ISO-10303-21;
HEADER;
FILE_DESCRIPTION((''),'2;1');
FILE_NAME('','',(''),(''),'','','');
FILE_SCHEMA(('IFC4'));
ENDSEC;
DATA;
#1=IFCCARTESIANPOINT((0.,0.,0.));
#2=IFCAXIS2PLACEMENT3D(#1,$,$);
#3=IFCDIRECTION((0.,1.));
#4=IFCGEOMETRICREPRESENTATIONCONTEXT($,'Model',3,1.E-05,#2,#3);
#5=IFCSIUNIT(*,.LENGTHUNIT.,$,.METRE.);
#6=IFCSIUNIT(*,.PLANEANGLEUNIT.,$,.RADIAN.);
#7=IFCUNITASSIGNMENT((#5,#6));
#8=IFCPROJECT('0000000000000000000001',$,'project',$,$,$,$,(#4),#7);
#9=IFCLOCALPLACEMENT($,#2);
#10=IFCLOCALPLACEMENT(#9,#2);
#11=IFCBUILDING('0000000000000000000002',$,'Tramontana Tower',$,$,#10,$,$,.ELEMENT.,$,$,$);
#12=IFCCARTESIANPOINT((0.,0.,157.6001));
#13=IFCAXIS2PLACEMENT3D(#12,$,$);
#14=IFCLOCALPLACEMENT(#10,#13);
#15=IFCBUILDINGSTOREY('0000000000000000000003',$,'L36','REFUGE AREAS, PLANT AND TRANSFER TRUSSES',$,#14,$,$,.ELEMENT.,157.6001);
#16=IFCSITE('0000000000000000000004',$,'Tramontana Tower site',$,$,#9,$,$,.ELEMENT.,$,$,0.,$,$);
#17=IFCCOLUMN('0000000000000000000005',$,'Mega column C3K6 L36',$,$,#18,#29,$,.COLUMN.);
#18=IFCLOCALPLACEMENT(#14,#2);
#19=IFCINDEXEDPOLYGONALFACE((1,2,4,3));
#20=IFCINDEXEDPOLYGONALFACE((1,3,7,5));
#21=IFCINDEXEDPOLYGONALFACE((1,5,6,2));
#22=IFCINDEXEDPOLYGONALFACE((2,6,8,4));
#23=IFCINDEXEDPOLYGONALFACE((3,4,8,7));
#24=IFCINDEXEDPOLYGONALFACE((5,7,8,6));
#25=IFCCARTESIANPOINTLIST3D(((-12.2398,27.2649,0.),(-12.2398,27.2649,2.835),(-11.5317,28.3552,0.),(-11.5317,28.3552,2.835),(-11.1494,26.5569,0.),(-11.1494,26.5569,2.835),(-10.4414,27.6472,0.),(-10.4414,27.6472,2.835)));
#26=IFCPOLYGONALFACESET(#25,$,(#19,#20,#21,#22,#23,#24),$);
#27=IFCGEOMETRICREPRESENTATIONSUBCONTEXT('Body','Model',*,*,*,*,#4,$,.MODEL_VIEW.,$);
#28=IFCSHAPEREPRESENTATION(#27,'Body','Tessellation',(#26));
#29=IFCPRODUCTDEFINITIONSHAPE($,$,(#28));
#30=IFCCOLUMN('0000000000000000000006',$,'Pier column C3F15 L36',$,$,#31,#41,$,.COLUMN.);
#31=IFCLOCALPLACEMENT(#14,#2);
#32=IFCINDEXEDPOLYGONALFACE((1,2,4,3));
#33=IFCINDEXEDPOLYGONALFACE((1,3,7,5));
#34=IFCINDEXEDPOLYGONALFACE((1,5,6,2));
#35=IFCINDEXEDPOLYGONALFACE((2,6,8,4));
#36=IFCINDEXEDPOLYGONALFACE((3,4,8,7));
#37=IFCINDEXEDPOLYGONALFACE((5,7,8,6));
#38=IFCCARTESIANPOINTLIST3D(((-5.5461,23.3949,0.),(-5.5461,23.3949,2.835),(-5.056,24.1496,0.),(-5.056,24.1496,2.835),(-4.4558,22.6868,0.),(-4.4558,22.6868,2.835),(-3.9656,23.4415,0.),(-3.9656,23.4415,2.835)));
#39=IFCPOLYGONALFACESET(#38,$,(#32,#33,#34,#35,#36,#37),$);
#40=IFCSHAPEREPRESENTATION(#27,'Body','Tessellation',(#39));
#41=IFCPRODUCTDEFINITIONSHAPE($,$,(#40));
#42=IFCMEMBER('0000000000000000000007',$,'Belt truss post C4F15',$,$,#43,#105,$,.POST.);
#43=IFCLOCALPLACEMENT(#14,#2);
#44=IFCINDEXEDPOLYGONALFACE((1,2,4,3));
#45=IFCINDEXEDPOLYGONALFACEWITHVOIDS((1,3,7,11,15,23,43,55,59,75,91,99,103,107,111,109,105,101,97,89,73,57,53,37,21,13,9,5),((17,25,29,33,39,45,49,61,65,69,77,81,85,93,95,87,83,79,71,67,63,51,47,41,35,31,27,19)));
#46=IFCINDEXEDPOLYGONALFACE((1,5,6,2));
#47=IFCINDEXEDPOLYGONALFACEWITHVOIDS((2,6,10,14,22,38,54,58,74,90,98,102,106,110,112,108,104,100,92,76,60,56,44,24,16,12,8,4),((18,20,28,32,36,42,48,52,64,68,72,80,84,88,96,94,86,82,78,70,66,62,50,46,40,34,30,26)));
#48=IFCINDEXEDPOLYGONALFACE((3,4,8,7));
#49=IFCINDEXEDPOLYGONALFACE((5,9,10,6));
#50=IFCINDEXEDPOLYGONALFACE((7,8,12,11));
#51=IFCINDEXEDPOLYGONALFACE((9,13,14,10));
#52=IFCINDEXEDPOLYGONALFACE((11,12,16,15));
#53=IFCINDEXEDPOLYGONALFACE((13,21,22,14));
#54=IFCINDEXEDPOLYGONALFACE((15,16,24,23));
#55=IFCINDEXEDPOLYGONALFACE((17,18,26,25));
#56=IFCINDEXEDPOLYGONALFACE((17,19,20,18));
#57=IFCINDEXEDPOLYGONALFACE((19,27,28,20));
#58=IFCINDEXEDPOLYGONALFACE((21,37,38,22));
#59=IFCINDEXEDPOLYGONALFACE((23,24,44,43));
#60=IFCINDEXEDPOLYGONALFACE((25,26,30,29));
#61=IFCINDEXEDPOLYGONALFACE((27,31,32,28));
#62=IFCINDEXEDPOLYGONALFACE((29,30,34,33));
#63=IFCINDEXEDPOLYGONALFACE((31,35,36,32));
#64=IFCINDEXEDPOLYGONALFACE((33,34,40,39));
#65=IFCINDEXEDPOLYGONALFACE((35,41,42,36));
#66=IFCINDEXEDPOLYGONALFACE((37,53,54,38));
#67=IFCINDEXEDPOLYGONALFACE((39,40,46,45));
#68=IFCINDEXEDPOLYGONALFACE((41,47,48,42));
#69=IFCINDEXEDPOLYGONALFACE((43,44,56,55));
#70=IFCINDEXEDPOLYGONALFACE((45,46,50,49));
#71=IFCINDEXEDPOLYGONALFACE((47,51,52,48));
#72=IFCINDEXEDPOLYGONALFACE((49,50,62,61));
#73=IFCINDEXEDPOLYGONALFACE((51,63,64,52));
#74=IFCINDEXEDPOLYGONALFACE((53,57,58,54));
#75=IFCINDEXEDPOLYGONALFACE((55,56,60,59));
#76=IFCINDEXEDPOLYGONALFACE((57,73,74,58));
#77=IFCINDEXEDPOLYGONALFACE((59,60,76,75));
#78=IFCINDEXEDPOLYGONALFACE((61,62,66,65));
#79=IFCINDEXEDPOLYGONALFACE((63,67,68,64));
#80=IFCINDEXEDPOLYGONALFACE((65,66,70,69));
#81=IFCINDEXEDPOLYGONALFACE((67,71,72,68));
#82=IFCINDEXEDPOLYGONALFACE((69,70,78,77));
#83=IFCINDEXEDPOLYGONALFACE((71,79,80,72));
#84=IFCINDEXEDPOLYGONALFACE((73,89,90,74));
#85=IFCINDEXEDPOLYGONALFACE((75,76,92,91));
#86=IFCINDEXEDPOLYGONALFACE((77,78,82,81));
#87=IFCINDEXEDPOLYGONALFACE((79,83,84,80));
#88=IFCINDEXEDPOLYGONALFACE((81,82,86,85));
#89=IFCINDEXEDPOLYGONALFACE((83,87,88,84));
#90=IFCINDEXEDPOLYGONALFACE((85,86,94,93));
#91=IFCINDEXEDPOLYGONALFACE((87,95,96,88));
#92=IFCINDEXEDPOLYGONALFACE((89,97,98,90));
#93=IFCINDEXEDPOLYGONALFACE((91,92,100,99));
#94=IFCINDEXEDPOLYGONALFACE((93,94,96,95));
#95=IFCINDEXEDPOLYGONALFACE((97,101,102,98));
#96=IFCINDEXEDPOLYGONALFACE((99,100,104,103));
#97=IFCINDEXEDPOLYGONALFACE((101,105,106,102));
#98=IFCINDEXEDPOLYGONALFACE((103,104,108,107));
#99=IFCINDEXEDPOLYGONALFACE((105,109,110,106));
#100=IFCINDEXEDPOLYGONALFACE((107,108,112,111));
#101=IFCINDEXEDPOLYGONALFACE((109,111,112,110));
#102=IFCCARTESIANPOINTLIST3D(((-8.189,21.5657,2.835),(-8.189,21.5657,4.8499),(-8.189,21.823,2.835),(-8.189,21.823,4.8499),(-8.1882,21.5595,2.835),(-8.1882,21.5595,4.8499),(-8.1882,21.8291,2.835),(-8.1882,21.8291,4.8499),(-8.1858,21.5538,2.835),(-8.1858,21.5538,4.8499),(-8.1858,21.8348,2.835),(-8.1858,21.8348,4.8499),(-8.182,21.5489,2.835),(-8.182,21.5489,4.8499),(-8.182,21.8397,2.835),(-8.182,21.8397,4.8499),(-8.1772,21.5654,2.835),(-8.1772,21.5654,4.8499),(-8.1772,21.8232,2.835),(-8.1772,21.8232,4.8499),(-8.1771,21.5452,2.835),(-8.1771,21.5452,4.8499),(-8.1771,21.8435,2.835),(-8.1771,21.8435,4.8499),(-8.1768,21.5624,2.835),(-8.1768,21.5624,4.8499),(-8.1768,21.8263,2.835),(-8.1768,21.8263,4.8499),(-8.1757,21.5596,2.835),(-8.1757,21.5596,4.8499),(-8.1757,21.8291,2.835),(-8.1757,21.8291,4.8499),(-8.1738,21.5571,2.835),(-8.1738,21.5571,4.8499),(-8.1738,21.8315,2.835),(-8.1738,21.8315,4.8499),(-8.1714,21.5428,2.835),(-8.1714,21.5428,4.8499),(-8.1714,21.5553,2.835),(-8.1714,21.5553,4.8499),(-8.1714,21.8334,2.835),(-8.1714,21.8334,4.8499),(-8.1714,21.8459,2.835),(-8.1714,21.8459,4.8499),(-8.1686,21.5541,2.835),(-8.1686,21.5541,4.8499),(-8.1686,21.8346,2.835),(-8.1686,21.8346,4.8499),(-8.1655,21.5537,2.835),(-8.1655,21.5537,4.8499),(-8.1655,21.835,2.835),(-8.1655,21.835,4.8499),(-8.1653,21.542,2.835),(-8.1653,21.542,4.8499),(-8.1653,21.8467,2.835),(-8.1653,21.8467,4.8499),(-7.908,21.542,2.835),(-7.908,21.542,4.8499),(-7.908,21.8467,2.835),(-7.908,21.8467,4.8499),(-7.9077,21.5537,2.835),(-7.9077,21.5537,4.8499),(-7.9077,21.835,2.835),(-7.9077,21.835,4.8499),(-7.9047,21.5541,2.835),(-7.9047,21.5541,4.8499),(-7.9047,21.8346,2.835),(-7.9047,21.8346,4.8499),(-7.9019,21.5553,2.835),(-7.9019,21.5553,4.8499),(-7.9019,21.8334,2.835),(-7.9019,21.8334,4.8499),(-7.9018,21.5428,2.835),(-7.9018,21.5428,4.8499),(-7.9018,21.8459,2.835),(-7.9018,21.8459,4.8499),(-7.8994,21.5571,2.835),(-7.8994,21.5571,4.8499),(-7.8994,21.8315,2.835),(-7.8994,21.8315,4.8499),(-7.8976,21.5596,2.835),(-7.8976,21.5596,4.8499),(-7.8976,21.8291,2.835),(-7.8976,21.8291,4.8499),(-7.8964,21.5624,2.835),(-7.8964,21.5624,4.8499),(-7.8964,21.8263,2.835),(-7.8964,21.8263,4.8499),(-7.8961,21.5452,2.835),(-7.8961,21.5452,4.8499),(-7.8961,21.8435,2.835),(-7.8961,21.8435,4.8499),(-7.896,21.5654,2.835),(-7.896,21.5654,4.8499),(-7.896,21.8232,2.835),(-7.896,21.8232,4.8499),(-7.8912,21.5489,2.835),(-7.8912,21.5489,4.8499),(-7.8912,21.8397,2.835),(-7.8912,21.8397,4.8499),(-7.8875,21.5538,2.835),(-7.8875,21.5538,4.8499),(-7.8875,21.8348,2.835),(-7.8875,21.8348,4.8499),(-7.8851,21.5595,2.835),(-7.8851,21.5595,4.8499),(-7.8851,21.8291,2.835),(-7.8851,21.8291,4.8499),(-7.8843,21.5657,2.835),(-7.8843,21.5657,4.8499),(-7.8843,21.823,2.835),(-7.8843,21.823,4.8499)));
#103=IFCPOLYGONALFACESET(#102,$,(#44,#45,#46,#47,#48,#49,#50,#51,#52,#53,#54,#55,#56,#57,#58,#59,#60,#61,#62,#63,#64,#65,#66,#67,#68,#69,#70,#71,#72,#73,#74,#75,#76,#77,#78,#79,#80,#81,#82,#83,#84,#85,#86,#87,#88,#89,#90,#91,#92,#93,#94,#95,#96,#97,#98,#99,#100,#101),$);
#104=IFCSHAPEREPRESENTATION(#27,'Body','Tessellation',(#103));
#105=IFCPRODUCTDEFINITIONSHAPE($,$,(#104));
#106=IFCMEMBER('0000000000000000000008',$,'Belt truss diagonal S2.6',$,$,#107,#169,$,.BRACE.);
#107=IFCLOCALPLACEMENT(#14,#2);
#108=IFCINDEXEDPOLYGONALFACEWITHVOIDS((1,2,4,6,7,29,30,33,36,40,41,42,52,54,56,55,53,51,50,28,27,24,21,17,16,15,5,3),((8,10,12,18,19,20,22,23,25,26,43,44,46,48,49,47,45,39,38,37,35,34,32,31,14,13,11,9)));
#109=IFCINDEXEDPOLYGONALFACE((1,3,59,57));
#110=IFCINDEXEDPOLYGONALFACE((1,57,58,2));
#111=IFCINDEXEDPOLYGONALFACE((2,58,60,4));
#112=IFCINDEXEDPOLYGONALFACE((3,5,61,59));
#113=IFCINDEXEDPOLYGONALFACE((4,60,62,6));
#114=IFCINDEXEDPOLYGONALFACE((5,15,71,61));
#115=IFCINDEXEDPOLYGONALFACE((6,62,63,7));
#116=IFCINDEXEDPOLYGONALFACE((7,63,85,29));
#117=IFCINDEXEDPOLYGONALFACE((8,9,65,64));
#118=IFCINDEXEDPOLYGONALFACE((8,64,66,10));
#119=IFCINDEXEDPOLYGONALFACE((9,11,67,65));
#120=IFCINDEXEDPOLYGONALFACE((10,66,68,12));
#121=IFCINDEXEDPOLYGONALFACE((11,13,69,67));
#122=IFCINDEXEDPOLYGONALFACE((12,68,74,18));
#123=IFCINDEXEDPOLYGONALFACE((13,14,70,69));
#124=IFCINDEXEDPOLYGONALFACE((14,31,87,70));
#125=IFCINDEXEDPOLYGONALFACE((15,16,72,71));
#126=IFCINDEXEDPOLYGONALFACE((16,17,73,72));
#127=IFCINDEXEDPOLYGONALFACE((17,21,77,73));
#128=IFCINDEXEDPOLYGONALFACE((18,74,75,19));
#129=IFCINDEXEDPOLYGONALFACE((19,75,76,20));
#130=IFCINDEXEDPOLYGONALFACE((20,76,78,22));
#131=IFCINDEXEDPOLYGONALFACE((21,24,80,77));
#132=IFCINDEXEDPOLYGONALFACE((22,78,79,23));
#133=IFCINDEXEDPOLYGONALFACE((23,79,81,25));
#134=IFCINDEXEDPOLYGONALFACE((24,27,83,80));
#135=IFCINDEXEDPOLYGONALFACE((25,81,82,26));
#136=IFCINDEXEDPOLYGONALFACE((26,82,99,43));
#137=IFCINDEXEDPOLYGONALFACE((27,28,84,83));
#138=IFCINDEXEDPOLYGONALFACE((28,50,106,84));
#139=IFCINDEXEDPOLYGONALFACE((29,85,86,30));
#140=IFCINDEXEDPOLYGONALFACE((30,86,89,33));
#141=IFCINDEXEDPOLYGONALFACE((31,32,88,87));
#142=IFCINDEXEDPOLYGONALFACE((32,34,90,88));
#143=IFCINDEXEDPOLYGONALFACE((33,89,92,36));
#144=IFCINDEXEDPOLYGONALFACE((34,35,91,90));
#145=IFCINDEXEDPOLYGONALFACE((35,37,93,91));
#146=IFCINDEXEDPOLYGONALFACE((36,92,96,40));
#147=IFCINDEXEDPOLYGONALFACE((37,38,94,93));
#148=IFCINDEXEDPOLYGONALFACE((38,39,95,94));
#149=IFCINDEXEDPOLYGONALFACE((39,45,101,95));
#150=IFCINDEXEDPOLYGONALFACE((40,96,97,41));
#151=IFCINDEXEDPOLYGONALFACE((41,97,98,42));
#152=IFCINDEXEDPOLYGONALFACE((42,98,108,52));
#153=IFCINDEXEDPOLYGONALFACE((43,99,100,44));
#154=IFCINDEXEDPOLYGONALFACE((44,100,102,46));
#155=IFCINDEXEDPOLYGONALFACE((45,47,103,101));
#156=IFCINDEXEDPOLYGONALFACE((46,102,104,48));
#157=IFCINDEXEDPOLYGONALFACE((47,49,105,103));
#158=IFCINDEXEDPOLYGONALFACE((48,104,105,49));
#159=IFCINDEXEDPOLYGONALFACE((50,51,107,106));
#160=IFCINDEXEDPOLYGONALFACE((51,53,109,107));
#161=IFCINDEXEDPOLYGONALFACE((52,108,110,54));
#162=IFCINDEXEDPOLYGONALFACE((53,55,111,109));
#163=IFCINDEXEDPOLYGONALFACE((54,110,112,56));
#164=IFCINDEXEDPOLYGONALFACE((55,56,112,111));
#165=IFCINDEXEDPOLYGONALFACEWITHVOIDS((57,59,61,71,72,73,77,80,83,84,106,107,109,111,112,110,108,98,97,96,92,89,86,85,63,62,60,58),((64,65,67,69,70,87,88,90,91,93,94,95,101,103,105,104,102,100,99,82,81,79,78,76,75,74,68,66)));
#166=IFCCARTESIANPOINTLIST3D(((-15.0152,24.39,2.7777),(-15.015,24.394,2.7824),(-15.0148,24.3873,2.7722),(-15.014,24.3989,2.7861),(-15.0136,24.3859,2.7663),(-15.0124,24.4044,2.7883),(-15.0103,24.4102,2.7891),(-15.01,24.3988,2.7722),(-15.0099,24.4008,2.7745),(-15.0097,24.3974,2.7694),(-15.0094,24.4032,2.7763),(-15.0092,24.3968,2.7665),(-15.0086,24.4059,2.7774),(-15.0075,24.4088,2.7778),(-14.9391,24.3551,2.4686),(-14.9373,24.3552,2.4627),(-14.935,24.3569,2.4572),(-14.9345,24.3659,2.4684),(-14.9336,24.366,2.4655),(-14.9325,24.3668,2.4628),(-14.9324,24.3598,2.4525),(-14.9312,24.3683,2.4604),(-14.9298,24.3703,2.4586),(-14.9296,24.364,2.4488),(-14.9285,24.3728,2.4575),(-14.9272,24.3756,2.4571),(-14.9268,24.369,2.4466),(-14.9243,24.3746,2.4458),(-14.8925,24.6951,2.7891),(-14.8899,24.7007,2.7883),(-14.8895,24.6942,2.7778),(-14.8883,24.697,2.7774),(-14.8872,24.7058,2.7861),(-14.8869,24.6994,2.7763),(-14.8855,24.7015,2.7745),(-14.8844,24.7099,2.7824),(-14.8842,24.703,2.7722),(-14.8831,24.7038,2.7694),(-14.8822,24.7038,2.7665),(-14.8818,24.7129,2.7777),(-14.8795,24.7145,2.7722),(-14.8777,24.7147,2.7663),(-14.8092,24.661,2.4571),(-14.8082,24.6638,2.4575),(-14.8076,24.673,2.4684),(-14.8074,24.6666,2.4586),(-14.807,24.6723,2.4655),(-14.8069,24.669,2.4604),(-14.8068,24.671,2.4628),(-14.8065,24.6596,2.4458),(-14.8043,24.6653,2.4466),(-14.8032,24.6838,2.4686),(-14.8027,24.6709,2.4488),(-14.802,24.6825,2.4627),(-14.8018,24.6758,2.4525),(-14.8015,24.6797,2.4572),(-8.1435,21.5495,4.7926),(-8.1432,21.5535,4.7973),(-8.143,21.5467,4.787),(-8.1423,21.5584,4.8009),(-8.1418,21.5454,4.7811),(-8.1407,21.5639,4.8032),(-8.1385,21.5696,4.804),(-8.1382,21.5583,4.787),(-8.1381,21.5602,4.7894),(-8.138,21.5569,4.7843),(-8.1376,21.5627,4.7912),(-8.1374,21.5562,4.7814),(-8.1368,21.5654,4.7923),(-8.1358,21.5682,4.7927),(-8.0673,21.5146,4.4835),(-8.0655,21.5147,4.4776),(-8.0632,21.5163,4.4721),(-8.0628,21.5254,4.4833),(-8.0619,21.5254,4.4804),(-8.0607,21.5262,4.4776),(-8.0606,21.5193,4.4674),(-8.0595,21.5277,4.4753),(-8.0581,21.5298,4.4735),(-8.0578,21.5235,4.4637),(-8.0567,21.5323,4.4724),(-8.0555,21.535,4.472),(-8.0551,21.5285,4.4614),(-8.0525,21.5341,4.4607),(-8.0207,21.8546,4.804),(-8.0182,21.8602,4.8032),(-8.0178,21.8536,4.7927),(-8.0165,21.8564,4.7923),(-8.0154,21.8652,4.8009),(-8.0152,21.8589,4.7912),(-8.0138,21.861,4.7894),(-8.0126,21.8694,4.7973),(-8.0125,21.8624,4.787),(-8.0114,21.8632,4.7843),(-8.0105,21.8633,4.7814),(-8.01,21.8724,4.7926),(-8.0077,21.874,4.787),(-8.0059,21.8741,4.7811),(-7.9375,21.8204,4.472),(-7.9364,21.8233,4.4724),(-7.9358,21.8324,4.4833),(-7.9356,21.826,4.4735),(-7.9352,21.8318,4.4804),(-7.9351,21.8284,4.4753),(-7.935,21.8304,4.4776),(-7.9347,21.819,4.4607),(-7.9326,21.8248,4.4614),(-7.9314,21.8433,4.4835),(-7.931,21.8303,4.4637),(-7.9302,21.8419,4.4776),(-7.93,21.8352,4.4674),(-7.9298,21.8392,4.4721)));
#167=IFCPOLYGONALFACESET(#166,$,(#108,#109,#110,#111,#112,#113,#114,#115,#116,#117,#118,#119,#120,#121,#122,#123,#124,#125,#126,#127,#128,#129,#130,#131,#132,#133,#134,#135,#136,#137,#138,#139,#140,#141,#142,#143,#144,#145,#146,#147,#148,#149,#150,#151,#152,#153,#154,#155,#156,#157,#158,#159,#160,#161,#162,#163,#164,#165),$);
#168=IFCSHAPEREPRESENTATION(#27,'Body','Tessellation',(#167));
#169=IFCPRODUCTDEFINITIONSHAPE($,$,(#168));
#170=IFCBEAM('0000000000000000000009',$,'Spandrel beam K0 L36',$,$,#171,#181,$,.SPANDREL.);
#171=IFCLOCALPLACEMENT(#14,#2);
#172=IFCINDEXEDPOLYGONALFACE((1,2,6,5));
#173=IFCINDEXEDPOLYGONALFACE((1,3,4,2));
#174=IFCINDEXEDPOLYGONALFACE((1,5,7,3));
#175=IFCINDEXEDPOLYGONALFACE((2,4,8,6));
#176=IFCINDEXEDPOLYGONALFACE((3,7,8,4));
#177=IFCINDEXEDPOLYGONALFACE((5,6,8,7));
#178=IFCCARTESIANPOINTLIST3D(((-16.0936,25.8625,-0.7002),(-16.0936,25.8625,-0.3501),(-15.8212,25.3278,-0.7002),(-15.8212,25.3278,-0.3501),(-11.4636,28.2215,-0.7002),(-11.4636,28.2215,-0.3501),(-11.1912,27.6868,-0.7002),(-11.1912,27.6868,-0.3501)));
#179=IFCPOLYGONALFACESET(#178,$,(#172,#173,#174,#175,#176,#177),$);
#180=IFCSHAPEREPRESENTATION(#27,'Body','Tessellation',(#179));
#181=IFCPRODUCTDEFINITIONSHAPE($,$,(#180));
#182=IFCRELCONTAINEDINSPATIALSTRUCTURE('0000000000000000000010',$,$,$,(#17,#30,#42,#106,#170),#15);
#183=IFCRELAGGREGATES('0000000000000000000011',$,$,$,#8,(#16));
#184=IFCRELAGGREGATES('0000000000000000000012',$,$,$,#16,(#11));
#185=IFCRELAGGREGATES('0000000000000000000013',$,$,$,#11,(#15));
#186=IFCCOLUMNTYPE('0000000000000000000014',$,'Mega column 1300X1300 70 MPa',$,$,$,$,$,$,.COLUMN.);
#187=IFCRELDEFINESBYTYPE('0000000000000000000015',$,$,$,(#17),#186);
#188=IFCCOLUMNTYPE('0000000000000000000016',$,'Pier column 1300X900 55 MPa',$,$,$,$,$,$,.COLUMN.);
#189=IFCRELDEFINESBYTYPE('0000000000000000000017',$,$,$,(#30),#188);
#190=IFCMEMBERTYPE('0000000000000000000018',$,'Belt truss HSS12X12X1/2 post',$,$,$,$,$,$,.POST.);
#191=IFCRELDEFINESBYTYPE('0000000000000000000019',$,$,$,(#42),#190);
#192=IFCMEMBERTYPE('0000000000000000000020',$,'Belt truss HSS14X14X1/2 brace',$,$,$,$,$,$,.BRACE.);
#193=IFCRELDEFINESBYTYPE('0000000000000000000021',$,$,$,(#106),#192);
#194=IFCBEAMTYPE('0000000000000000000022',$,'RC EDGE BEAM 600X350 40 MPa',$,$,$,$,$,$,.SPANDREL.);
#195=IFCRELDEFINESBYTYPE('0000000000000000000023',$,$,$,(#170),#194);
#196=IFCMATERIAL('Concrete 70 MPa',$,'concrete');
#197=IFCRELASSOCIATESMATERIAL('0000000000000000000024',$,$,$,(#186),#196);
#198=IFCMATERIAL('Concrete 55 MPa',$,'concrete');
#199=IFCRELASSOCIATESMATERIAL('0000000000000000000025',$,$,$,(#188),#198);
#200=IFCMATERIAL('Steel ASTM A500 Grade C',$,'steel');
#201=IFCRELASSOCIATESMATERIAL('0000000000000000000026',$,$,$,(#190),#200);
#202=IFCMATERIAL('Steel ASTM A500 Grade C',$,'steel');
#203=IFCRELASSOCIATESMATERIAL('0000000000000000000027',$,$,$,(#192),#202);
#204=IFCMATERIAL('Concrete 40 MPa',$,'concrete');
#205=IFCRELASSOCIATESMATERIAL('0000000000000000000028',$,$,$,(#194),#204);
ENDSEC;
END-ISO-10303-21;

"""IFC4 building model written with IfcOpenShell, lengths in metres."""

from ifc_helpers import new_model, si_unit, direction, frame, origin, origin_2d, place, context, subcontext, project, spatial, rectangle, hollow_rectangle, extrude, material, material_profile, profile_set, type_object, element, save


model = new_model("IFC4")

# Units and contexts
model_context = context("Model", 3, precision=1e-05, world=origin(), true_north=direction((0.0, 1.0)))
body_context = subcontext(model_context, "Body", "Model", "MODEL_VIEW")
ifc_project = project(units=[si_unit("LENGTHUNIT", "METRE"), si_unit("PLANEANGLEUNIT", "RADIAN")], contexts=[model_context])

# Site, building, storey
site_placement = place(None, origin())
site = spatial("IfcSite", under=ifc_project, at=site_placement, Name="Tramontana Tower site", CompositionType="ELEMENT", RefElevation=0.0)
building_placement = place(site_placement, origin())
building = spatial("IfcBuilding", under=site, at=building_placement, Name="Tramontana Tower", CompositionType="ELEMENT")
storey_placement = place(building_placement, frame((0.0, 0.0, 157.6001)))
storey = spatial("IfcBuildingStorey", under=building, at=storey_placement, Name="L36", Description="REFUGE AREAS, PLANT AND TRANSFER TRUSSES", CompositionType="ELEMENT", Elevation=157.6001)

# Columns
ifc_material_1 = material(Name="Concrete 70 MPa", Category="concrete")
ifc_material_profile_1 = material_profile(ifc_material_1, rectangle(XDim=1.3, YDim=1.3, at=origin_2d()), Name="Mega column 1300X1300 70 MPa")
ifc_profile_set_1 = profile_set([ifc_material_profile_1], Name="Concrete 70 MPa")
column_type_1 = type_object("IfcColumnType", Name="Mega column 1300X1300 70 MPa", PredefinedType="COLUMN", material=ifc_profile_set_1)
column_1_placement = place(storey_placement, frame((-11.3406, 27.4561, 0.0), z_axis=(0.0, 0.0, 1.0), x_axis=(-0.838671, 0.544639, 0.0)))
element("IfcColumn", 1, at=column_1_placement, inside=storey, type_object=column_type_1, Name="Mega column C3K6 L36", PredefinedType="COLUMN", context=body_context, shape_type="SweptSolid", body=[
    extrude(rectangle(XDim=1.3, YDim=1.3, at=origin_2d()), origin(), (0.0, 0.0, 1.0), 2.835),
])
ifc_material_2 = material(Name="Concrete 55 MPa", Category="concrete")
ifc_material_profile_2 = material_profile(ifc_material_2, rectangle(XDim=1.3, YDim=0.8999, at=origin_2d()), Name="Pier column 1300X900 55 MPa")
ifc_profile_set_2 = profile_set([ifc_material_profile_2], Name="Concrete 55 MPa")
column_type_2 = type_object("IfcColumnType", Name="Pier column 1300X900 55 MPa", PredefinedType="COLUMN", material=ifc_profile_set_2)
column_2_placement = place(storey_placement, frame((-4.7559, 23.4182, 0.0), z_axis=(0.0, 0.0, 1.0), x_axis=(-0.838671, 0.544639, 0.0)))
element("IfcColumn", 2, at=column_2_placement, inside=storey, type_object=column_type_2, Name="Pier column C3F15 L36", PredefinedType="COLUMN", context=body_context, shape_type="SweptSolid", body=[
    extrude(rectangle(XDim=1.3, YDim=0.8999, at=origin_2d()), origin(), (0.0, 0.0, 1.0), 2.835),
])

# Members
ifc_material_3 = material(Name="Steel ASTM A500 Grade C", Category="steel")
ifc_material_profile_3 = material_profile(ifc_material_3, hollow_rectangle(XDim=0.3047, YDim=0.3047, WallThickness=0.0117, InnerFilletRadius=0.0117, OuterFilletRadius=0.0237, at=origin_2d()), Name="HSS12X12X1/2")
ifc_profile_set_3 = profile_set([ifc_material_profile_3], Name="Steel ASTM A500 Grade C")
member_type_1 = type_object("IfcMemberType", Name="Belt truss HSS12X12X1/2 post", PredefinedType="POST", material=ifc_profile_set_3)
member_1_placement = place(storey_placement, frame((-8.0366, 21.6943, 2.835), z_axis=(0.0, 0.0, 1.0), x_axis=(1.0, 0.0, 0.0)))
element("IfcMember", 3, at=member_1_placement, inside=storey, type_object=member_type_1, Name="Belt truss post C4F15", PredefinedType="POST", context=body_context, shape_type="SweptSolid", body=[
    extrude(hollow_rectangle(XDim=0.3047, YDim=0.3047, WallThickness=0.0117, InnerFilletRadius=0.0117, OuterFilletRadius=0.0237, at=origin_2d()), origin(), (0.0, 0.0, 1.0), 2.0149),
])
ifc_material_4 = material(Name="Steel ASTM A500 Grade C", Category="steel")
ifc_material_profile_4 = material_profile(ifc_material_4, hollow_rectangle(XDim=0.3557, YDim=0.3557, WallThickness=0.0117, InnerFilletRadius=0.0117, OuterFilletRadius=0.0237, at=origin_2d()), Name="HSS14X14X1/2")
ifc_profile_set_4 = profile_set([ifc_material_profile_4], Name="Steel ASTM A500 Grade C")
member_type_2 = type_object("IfcMemberType", Name="Belt truss HSS14X14X1/2 brace", PredefinedType="BRACE", material=ifc_profile_set_4)
member_2_placement = place(storey_placement, frame((-8.0366, 21.6943, 4.6323), z_axis=(-0.891989, 0.368717, -0.261541), x_axis=(-0.382014, -0.924156, 0.0)))
element("IfcMember", 4, at=member_2_placement, inside=storey, type_object=member_type_2, Name="Belt truss diagonal S2.6", PredefinedType="BRACE", context=body_context, shape_type="SweptSolid", body=[
    extrude(hollow_rectangle(XDim=0.3557, YDim=0.3557, WallThickness=0.0117, InnerFilletRadius=0.0117, OuterFilletRadius=0.0237, at=origin_2d()), origin(), (0.0, 0.0, 1.0), 7.7039),
])

# Beam
ifc_material_5 = material(Name="Concrete 40 MPa", Category="concrete")
ifc_material_profile_5 = material_profile(ifc_material_5, rectangle(XDim=0.6001, YDim=0.3501, at=origin_2d()), Name="RC EDGE BEAM 600X350 40 MPa")
ifc_profile_set_5 = profile_set([ifc_material_profile_5], Name="Concrete 40 MPa")
beam_type_1 = type_object("IfcBeamType", Name="RC EDGE BEAM 600X350 40 MPa", PredefinedType="SPANDREL", material=ifc_profile_set_5)
beam_1_placement = place(storey_placement, frame((-11.3274, 27.9541, -0.5251), z_axis=(-0.891019, -0.453967, 0.0), x_axis=(0.453967, -0.891019, 0.0)))
element("IfcBeam", 5, at=beam_1_placement, inside=storey, type_object=beam_type_1, Name="Spandrel beam K0 L36", PredefinedType="SPANDREL", context=body_context, shape_type="SweptSolid", body=[
    extrude(rectangle(XDim=0.6001, YDim=0.3501, at=origin_2d()), origin(), (0.0, 0.0, 1.0), 5.1963),
])

save(model, "model.ifc")
